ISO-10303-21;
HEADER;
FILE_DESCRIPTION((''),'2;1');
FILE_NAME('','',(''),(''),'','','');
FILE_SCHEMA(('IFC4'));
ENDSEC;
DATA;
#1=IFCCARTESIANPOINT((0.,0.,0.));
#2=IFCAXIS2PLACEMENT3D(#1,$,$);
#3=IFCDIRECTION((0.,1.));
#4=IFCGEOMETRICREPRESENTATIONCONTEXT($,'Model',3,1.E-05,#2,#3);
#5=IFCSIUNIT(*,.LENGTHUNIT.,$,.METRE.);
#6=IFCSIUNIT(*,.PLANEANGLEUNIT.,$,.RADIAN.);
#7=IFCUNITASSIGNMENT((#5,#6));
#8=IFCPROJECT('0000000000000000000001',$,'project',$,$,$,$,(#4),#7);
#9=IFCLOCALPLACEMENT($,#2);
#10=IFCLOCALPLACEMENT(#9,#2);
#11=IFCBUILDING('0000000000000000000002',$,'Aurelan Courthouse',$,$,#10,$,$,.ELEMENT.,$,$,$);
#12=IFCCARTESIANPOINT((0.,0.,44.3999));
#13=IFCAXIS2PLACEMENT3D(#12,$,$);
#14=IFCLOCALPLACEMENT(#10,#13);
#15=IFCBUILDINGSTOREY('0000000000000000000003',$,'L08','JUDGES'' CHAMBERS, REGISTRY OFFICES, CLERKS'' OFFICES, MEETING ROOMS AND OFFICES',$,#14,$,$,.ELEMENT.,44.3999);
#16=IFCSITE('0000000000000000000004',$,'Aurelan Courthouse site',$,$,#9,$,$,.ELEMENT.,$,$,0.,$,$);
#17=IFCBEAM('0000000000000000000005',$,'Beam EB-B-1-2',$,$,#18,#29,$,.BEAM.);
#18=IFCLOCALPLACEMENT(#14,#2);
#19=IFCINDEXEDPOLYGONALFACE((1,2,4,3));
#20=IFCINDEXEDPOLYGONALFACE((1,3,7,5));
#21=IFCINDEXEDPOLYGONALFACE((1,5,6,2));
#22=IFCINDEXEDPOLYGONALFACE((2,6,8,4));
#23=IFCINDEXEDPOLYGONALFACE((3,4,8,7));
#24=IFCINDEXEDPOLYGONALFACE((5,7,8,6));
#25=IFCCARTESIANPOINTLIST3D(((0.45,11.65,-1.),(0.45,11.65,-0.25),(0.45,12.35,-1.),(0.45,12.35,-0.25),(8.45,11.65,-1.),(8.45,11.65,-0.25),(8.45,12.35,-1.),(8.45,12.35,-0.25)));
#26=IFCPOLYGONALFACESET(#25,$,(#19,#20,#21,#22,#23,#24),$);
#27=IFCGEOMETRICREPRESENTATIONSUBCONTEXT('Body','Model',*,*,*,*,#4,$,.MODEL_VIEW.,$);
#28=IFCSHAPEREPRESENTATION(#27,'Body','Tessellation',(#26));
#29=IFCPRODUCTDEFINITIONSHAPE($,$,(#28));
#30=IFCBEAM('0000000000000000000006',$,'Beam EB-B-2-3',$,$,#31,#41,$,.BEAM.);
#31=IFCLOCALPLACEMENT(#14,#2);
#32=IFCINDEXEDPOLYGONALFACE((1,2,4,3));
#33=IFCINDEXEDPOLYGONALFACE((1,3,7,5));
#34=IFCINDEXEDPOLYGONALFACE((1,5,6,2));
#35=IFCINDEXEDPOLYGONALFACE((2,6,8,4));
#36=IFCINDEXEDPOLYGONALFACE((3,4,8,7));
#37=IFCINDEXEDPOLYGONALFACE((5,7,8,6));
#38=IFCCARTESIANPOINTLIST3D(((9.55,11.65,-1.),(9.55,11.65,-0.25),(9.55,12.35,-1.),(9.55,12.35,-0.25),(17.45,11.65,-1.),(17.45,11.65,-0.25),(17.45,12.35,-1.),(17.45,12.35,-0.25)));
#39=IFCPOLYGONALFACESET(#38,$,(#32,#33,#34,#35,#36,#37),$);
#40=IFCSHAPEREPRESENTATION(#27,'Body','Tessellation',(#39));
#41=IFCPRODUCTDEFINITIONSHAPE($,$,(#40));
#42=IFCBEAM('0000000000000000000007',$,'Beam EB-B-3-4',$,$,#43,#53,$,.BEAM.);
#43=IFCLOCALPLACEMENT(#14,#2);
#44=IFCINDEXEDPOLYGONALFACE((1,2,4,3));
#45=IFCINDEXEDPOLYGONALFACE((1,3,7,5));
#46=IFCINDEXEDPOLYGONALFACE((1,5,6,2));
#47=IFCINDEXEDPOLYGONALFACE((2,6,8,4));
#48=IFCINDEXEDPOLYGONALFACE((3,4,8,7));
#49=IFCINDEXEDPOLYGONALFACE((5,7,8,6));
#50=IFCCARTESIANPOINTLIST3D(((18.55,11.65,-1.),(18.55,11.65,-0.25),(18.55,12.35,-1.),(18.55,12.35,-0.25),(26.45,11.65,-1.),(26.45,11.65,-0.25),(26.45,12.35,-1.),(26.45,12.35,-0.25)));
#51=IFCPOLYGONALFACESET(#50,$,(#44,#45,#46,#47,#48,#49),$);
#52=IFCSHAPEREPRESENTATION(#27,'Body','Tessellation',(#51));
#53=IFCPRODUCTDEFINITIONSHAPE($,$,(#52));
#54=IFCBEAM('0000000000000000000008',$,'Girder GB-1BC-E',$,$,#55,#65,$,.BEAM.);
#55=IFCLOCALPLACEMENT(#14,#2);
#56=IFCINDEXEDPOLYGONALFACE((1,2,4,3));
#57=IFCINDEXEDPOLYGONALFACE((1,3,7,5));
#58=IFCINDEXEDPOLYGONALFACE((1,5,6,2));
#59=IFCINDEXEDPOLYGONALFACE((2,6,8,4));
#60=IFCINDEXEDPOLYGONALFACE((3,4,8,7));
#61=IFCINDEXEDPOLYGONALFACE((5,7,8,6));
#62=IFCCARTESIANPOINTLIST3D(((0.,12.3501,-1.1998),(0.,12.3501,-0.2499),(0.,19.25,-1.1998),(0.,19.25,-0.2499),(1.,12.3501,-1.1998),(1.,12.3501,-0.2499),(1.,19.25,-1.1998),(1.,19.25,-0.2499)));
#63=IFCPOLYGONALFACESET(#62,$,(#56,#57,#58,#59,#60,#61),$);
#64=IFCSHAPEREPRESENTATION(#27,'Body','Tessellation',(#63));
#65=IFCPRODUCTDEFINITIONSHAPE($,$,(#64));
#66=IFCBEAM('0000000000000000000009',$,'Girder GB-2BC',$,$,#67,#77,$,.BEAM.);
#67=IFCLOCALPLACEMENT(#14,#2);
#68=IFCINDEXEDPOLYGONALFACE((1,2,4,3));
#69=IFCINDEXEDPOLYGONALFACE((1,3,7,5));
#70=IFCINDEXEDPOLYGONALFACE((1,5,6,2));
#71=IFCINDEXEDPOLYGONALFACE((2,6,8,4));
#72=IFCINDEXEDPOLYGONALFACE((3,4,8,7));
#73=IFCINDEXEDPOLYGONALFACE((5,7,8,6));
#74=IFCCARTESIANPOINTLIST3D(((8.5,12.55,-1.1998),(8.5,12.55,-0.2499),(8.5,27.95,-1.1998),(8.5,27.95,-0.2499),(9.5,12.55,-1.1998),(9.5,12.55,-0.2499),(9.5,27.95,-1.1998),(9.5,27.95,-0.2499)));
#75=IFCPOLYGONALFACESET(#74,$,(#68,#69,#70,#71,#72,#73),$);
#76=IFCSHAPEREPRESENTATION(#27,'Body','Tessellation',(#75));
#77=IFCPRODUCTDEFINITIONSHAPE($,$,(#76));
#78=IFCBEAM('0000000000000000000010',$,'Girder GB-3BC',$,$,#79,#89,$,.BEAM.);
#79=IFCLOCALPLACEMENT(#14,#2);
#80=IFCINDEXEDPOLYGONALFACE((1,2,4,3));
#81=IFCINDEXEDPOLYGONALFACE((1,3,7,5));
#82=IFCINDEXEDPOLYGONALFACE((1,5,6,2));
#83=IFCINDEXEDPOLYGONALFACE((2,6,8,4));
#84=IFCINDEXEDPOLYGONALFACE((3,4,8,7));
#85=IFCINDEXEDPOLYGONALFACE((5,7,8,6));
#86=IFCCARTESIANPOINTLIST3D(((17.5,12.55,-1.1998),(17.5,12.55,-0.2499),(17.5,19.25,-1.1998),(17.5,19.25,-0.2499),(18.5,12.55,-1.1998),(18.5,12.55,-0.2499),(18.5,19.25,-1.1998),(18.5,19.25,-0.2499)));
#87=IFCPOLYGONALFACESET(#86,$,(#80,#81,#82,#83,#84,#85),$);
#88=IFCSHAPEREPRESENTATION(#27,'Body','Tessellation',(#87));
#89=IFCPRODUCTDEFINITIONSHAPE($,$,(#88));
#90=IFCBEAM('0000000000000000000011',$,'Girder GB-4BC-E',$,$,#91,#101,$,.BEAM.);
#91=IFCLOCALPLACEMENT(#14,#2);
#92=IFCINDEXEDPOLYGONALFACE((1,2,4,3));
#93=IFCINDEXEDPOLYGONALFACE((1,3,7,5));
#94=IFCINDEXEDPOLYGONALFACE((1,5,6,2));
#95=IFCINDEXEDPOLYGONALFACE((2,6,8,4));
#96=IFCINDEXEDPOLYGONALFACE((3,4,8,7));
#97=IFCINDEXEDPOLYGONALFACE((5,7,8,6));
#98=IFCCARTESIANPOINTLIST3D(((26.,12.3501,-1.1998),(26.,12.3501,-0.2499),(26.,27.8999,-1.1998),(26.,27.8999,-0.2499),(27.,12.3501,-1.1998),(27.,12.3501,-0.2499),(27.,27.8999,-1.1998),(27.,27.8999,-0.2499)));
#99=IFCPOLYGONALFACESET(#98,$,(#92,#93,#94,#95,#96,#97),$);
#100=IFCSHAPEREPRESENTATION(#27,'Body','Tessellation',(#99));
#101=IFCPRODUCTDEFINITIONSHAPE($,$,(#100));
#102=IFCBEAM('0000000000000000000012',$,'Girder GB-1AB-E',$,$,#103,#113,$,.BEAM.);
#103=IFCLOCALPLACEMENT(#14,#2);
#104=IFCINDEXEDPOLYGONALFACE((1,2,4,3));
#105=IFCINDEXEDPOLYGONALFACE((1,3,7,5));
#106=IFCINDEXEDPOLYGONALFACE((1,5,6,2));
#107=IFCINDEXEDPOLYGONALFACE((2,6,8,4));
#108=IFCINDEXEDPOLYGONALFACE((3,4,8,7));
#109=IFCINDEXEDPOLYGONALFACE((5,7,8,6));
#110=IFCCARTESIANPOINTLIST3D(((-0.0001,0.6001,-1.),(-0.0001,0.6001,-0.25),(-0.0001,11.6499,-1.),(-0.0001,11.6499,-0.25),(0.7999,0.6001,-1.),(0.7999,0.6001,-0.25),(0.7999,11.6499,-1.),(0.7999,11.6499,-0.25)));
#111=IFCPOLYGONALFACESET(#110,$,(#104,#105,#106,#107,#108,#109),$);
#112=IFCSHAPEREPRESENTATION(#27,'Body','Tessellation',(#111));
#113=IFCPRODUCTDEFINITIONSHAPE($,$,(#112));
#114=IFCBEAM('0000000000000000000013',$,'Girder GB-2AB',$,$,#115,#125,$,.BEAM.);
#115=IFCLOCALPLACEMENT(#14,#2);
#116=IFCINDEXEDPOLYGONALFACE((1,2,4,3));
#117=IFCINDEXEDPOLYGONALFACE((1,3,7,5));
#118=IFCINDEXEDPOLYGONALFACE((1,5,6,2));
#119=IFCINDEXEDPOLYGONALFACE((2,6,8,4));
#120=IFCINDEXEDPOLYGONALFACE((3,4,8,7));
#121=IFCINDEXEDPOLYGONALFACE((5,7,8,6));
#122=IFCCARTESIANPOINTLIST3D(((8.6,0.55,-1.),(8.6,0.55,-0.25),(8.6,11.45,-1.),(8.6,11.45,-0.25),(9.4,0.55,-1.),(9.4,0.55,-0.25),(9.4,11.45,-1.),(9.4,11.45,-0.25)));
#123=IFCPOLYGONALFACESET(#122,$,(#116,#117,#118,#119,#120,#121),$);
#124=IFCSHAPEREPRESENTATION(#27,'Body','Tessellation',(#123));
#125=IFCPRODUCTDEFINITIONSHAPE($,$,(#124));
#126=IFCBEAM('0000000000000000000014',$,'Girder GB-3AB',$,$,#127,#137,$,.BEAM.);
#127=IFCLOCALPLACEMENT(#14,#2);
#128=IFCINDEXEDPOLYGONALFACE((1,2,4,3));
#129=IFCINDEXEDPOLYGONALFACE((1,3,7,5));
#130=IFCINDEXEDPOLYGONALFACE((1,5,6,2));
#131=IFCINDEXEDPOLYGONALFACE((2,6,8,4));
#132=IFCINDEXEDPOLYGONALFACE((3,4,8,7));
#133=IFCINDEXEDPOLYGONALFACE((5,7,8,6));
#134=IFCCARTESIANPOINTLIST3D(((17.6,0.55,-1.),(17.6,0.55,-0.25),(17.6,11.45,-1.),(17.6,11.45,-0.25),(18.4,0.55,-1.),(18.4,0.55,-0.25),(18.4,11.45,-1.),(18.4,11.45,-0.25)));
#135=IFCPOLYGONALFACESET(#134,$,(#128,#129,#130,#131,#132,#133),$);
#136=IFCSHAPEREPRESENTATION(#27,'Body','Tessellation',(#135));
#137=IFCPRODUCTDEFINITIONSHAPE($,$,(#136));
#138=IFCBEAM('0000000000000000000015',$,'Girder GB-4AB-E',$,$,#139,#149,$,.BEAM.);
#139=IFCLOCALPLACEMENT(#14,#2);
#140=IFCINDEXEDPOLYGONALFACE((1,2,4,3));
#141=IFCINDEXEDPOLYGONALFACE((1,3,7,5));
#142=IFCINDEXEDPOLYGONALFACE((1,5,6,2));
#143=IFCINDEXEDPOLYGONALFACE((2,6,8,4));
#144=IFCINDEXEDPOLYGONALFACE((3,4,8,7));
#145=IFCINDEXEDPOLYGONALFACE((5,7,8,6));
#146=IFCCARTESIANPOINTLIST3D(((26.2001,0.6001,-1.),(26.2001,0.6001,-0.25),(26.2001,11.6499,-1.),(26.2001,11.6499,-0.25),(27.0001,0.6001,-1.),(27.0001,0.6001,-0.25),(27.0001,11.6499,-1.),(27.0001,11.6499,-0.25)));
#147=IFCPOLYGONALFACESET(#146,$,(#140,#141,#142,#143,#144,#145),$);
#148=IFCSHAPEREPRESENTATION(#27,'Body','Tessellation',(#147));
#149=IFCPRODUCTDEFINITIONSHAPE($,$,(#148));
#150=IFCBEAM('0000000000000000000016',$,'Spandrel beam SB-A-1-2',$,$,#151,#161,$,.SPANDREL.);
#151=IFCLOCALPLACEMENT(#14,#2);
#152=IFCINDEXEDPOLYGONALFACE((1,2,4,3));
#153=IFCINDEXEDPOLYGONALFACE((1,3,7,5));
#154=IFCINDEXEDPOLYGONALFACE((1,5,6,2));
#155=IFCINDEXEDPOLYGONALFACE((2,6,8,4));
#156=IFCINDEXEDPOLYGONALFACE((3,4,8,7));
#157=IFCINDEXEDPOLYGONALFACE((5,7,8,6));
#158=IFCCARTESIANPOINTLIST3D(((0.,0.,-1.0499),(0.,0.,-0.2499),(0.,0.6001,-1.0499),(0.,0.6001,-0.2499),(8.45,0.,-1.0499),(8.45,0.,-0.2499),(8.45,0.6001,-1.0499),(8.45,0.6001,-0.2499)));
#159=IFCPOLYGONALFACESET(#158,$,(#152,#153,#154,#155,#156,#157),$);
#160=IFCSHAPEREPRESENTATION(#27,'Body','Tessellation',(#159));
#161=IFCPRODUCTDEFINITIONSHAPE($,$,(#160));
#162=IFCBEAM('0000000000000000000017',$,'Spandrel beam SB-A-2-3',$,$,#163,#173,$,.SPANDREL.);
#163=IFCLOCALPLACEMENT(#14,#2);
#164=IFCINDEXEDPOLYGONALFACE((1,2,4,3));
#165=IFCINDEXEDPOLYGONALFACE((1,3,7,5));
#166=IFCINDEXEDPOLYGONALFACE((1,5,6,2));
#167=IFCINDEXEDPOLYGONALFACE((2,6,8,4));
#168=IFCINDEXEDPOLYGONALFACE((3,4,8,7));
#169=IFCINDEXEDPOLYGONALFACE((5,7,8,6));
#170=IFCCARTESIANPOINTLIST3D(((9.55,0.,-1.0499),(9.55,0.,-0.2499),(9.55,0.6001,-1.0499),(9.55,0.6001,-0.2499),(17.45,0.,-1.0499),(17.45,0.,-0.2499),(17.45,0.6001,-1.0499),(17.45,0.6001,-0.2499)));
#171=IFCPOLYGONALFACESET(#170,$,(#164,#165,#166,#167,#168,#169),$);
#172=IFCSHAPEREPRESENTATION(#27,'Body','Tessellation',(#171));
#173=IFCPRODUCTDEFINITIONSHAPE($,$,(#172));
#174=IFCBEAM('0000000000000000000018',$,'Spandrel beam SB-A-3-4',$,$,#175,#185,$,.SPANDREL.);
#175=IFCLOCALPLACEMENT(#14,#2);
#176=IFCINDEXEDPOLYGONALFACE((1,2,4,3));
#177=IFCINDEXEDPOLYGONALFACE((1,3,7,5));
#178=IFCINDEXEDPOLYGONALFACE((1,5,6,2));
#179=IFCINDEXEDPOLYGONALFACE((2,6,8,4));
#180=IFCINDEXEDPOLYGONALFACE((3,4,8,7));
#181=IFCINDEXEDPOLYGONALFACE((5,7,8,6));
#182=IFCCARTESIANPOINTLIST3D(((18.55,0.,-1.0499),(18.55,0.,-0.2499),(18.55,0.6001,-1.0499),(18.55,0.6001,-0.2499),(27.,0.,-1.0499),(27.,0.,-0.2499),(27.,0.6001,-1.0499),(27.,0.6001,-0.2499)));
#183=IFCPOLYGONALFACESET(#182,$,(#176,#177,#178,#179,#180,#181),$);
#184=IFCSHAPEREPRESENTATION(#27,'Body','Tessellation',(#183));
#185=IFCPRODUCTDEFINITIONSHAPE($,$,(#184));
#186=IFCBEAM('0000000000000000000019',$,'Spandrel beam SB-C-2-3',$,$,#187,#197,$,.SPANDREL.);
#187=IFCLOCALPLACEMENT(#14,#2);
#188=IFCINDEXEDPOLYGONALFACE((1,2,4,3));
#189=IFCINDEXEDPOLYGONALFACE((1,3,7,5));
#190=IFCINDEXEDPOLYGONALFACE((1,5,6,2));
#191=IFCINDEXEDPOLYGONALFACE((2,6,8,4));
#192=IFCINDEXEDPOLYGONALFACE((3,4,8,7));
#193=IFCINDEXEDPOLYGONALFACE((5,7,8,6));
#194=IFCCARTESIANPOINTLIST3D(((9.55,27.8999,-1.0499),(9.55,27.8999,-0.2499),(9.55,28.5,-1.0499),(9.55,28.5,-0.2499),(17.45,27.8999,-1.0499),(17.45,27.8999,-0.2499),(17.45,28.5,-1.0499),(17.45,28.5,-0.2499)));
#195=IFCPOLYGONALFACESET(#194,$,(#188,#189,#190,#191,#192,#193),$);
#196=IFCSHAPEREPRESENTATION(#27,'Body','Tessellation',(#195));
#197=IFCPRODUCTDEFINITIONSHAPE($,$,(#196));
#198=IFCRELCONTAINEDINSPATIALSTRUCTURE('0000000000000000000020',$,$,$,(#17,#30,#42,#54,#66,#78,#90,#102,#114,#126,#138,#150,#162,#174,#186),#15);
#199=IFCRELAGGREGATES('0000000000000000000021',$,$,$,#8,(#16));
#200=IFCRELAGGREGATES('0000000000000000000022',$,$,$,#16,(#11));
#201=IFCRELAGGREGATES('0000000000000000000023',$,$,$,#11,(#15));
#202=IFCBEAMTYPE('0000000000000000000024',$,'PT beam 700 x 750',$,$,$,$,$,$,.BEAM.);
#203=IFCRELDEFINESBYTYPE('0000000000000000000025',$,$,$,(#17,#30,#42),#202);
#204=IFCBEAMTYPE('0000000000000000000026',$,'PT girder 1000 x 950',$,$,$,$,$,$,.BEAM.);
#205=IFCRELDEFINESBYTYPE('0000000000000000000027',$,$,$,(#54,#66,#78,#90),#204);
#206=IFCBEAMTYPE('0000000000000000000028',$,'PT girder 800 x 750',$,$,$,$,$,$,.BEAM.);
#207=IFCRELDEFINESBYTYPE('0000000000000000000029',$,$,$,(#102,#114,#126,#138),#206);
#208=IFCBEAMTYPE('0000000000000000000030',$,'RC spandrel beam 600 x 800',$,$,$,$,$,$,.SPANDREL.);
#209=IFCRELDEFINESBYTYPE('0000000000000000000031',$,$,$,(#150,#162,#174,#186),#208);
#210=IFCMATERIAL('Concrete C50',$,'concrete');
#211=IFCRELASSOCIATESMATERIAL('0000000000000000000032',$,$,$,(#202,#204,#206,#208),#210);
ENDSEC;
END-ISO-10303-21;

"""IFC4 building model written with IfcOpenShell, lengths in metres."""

from ifc_helpers import new_model, si_unit, direction, frame, origin, origin_2d, place, context, subcontext, project, spatial, rectangle, extrude, material, material_profile, profile_set, type_object, element, save


model = new_model("IFC4")

# Units and contexts
model_context = context("Model", 3, precision=1e-05, world=origin(), true_north=direction((0.0, 1.0)))
body_context = subcontext(model_context, "Body", "Model", "MODEL_VIEW")
ifc_project = project(units=[si_unit("LENGTHUNIT", "METRE"), si_unit("PLANEANGLEUNIT", "RADIAN")], contexts=[model_context])

# Site, building, storey
site_placement = place(None, origin())
site = spatial("IfcSite", under=ifc_project, at=site_placement, Name="Aurelan Courthouse site", CompositionType="ELEMENT", RefElevation=0.0)
building_placement = place(site_placement, origin())
building = spatial("IfcBuilding", under=site, at=building_placement, Name="Aurelan Courthouse", CompositionType="ELEMENT")
storey_placement = place(building_placement, frame((0.0, 0.0, 44.3999)))
storey = spatial("IfcBuildingStorey", under=building, at=storey_placement, Name="L08", Description="JUDGES' CHAMBERS, REGISTRY OFFICES, CLERKS' OFFICES, MEETING ROOMS AND OFFICES", CompositionType="ELEMENT", Elevation=44.3999)

# Beams
ifc_material_1 = material(Name="Concrete C50", Category="concrete")
ifc_material_profile_1 = material_profile(ifc_material_1, rectangle(XDim=0.7, YDim=0.75, at=origin_2d()), Name="RC 700 x 750")
ifc_profile_set_1 = profile_set([ifc_material_profile_1], Name="Concrete C50")
beam_type_1 = type_object("IfcBeamType", Name="PT beam 700 x 750", PredefinedType="BEAM", material=ifc_profile_set_1)
beam_1_placement = place(storey_placement, frame((0.45, 12.0, -0.625), z_axis=(1.0, 0.0, 0.0), x_axis=(0.0, 1.0, 0.0)))
element("IfcBeam", 1, at=beam_1_placement, inside=storey, type_object=beam_type_1, Name="Beam EB-B-1-2", PredefinedType="BEAM", context=body_context, shape_type="SweptSolid", body=[
    extrude(rectangle(XDim=0.7, YDim=0.75, at=origin_2d()), origin(), (0.0, 0.0, 1.0), 8.0),
])
for number, where, z_axis, x_axis, name in (
    (2, (9.55, 12.0, -0.625), (1.0, 0.0, 0.0), (0.0, 1.0, 0.0), "Beam EB-B-2-3"),
    (3, (18.55, 12.0, -0.625), (1.0, 0.0, 0.0), (0.0, 1.0, 0.0), "Beam EB-B-3-4"),
):
    element("IfcBeam", number, at=place(storey_placement, frame(where, z_axis=z_axis, x_axis=x_axis)), inside=storey, type_object=beam_type_1, Name=name, PredefinedType="BEAM", context=body_context, shape_type="SweptSolid", body=[
        extrude(rectangle(XDim=0.7, YDim=0.75, at=origin_2d()), origin(), (0.0, 0.0, 1.0), 7.8999),
    ])
ifc_material_profile_2 = material_profile(ifc_material_1, rectangle(XDim=1.0, YDim=0.95, at=origin_2d()), Name="RC 1000 x 950")
ifc_profile_set_2 = profile_set([ifc_material_profile_2], Name="Concrete C50")
beam_type_2 = type_object("IfcBeamType", Name="PT girder 1000 x 950", PredefinedType="BEAM", material=ifc_profile_set_2)
beam_2_placement = place(storey_placement, frame((0.5, 12.3501, -0.7249), z_axis=(0.0, 1.0, 0.0), x_axis=(-1.0, 0.0, 0.0)))
element("IfcBeam", 4, at=beam_2_placement, inside=storey, type_object=beam_type_2, Name="Girder GB-1BC-E", PredefinedType="BEAM", context=body_context, shape_type="SweptSolid", body=[
    extrude(rectangle(XDim=1.0, YDim=0.95, at=origin_2d()), origin(), (0.0, 0.0, 1.0), 6.8999),
])
beam_3_placement = place(storey_placement, frame((9.0, 12.55, -0.7249), z_axis=(0.0, 1.0, 0.0), x_axis=(-1.0, 0.0, 0.0)))
element("IfcBeam", 5, at=beam_3_placement, inside=storey, type_object=beam_type_2, Name="Girder GB-2BC", PredefinedType="BEAM", context=body_context, shape_type="SweptSolid", body=[
    extrude(rectangle(XDim=1.0, YDim=0.95, at=origin_2d()), origin(), (0.0, 0.0, 1.0), 15.3999),
])
beam_4_placement = place(storey_placement, frame((18.0, 12.55, -0.7249), z_axis=(0.0, 1.0, 0.0), x_axis=(-1.0, 0.0, 0.0)))
element("IfcBeam", 6, at=beam_4_placement, inside=storey, type_object=beam_type_2, Name="Girder GB-3BC", PredefinedType="BEAM", context=body_context, shape_type="SweptSolid", body=[
    extrude(rectangle(XDim=1.0, YDim=0.95, at=origin_2d()), origin(), (0.0, 0.0, 1.0), 6.7),
])
beam_5_placement = place(storey_placement, frame((26.5, 12.3501, -0.7249), z_axis=(0.0, 1.0, 0.0), x_axis=(-1.0, 0.0, 0.0)))
element("IfcBeam", 7, at=beam_5_placement, inside=storey, type_object=beam_type_2, Name="Girder GB-4BC-E", PredefinedType="BEAM", context=body_context, shape_type="SweptSolid", body=[
    extrude(rectangle(XDim=1.0, YDim=0.95, at=origin_2d()), origin(), (0.0, 0.0, 1.0), 15.5498),
])
ifc_material_profile_3 = material_profile(ifc_material_1, rectangle(XDim=0.8, YDim=0.75, at=origin_2d()), Name="RC 800 x 750")
ifc_profile_set_3 = profile_set([ifc_material_profile_3], Name="Concrete C50")
beam_type_3 = type_object("IfcBeamType", Name="PT girder 800 x 750", PredefinedType="BEAM", material=ifc_profile_set_3)
beam_6_placement = place(storey_placement, frame((0.3999, 0.6001, -0.625), z_axis=(0.0, 1.0, 0.0), x_axis=(-1.0, 0.0, 0.0)))
element("IfcBeam", 8, at=beam_6_placement, inside=storey, type_object=beam_type_3, Name="Girder GB-1AB-E", PredefinedType="BEAM", context=body_context, shape_type="SweptSolid", body=[
    extrude(rectangle(XDim=0.8, YDim=0.75, at=origin_2d()), origin(), (0.0, 0.0, 1.0), 11.0498),
])
for number, where, z_axis, x_axis, name in (
    (9, (9.0, 0.55, -0.625), (0.0, 1.0, 0.0), (-1.0, 0.0, 0.0), "Girder GB-2AB"),
    (10, (18.0, 0.55, -0.625), (0.0, 1.0, 0.0), (-1.0, 0.0, 0.0), "Girder GB-3AB"),
):
    element("IfcBeam", number, at=place(storey_placement, frame(where, z_axis=z_axis, x_axis=x_axis)), inside=storey, type_object=beam_type_3, Name=name, PredefinedType="BEAM", context=body_context, shape_type="SweptSolid", body=[
        extrude(rectangle(XDim=0.8, YDim=0.75, at=origin_2d()), origin(), (0.0, 0.0, 1.0), 10.8999),
    ])
beam_7_placement = place(storey_placement, frame((26.6001, 0.6001, -0.625), z_axis=(0.0, 1.0, 0.0), x_axis=(-1.0, 0.0, 0.0)))
element("IfcBeam", 11, at=beam_7_placement, inside=storey, type_object=beam_type_3, Name="Girder GB-4AB-E", PredefinedType="BEAM", context=body_context, shape_type="SweptSolid", body=[
    extrude(rectangle(XDim=0.8, YDim=0.75, at=origin_2d()), origin(), (0.0, 0.0, 1.0), 11.0498),
])
ifc_material_profile_4 = material_profile(ifc_material_1, rectangle(XDim=0.6001, YDim=0.8, at=origin_2d()), Name="RC 600 x 800")
ifc_profile_set_4 = profile_set([ifc_material_profile_4], Name="Concrete C50")
beam_type_4 = type_object("IfcBeamType", Name="RC spandrel beam 600 x 800", PredefinedType="SPANDREL", material=ifc_profile_set_4)
beam_8_placement = place(storey_placement, frame((0.0, 0.3, -0.6499), z_axis=(1.0, 0.0, 0.0), x_axis=(0.0, 1.0, 0.0)))
element("IfcBeam", 12, at=beam_8_placement, inside=storey, type_object=beam_type_4, Name="Spandrel beam SB-A-1-2", PredefinedType="SPANDREL", context=body_context, shape_type="SweptSolid", body=[
    extrude(rectangle(XDim=0.6001, YDim=0.8, at=origin_2d()), origin(), (0.0, 0.0, 1.0), 8.45),
])
beam_9_placement = place(storey_placement, frame((9.55, 0.3, -0.6499), z_axis=(1.0, 0.0, 0.0), x_axis=(0.0, 1.0, 0.0)))
element("IfcBeam", 13, at=beam_9_placement, inside=storey, type_object=beam_type_4, Name="Spandrel beam SB-A-2-3", PredefinedType="SPANDREL", context=body_context, shape_type="SweptSolid", body=[
    extrude(rectangle(XDim=0.6001, YDim=0.8, at=origin_2d()), origin(), (0.0, 0.0, 1.0), 7.8999),
])
beam_10_placement = place(storey_placement, frame((18.55, 0.3, -0.6499), z_axis=(1.0, 0.0, 0.0), x_axis=(0.0, 1.0, 0.0)))
element("IfcBeam", 14, at=beam_10_placement, inside=storey, type_object=beam_type_4, Name="Spandrel beam SB-A-3-4", PredefinedType="SPANDREL", context=body_context, shape_type="SweptSolid", body=[
    extrude(rectangle(XDim=0.6001, YDim=0.8, at=origin_2d()), origin(), (0.0, 0.0, 1.0), 8.45),
])
beam_11_placement = place(storey_placement, frame((9.55, 28.2, -0.6499), z_axis=(1.0, 0.0, 0.0), x_axis=(0.0, 1.0, 0.0)))
element("IfcBeam", 15, at=beam_11_placement, inside=storey, type_object=beam_type_4, Name="Spandrel beam SB-C-2-3", PredefinedType="SPANDREL", context=body_context, shape_type="SweptSolid", body=[
    extrude(rectangle(XDim=0.6001, YDim=0.8, at=origin_2d()), origin(), (0.0, 0.0, 1.0), 7.8999),
])

save(model, "model.ifc")
